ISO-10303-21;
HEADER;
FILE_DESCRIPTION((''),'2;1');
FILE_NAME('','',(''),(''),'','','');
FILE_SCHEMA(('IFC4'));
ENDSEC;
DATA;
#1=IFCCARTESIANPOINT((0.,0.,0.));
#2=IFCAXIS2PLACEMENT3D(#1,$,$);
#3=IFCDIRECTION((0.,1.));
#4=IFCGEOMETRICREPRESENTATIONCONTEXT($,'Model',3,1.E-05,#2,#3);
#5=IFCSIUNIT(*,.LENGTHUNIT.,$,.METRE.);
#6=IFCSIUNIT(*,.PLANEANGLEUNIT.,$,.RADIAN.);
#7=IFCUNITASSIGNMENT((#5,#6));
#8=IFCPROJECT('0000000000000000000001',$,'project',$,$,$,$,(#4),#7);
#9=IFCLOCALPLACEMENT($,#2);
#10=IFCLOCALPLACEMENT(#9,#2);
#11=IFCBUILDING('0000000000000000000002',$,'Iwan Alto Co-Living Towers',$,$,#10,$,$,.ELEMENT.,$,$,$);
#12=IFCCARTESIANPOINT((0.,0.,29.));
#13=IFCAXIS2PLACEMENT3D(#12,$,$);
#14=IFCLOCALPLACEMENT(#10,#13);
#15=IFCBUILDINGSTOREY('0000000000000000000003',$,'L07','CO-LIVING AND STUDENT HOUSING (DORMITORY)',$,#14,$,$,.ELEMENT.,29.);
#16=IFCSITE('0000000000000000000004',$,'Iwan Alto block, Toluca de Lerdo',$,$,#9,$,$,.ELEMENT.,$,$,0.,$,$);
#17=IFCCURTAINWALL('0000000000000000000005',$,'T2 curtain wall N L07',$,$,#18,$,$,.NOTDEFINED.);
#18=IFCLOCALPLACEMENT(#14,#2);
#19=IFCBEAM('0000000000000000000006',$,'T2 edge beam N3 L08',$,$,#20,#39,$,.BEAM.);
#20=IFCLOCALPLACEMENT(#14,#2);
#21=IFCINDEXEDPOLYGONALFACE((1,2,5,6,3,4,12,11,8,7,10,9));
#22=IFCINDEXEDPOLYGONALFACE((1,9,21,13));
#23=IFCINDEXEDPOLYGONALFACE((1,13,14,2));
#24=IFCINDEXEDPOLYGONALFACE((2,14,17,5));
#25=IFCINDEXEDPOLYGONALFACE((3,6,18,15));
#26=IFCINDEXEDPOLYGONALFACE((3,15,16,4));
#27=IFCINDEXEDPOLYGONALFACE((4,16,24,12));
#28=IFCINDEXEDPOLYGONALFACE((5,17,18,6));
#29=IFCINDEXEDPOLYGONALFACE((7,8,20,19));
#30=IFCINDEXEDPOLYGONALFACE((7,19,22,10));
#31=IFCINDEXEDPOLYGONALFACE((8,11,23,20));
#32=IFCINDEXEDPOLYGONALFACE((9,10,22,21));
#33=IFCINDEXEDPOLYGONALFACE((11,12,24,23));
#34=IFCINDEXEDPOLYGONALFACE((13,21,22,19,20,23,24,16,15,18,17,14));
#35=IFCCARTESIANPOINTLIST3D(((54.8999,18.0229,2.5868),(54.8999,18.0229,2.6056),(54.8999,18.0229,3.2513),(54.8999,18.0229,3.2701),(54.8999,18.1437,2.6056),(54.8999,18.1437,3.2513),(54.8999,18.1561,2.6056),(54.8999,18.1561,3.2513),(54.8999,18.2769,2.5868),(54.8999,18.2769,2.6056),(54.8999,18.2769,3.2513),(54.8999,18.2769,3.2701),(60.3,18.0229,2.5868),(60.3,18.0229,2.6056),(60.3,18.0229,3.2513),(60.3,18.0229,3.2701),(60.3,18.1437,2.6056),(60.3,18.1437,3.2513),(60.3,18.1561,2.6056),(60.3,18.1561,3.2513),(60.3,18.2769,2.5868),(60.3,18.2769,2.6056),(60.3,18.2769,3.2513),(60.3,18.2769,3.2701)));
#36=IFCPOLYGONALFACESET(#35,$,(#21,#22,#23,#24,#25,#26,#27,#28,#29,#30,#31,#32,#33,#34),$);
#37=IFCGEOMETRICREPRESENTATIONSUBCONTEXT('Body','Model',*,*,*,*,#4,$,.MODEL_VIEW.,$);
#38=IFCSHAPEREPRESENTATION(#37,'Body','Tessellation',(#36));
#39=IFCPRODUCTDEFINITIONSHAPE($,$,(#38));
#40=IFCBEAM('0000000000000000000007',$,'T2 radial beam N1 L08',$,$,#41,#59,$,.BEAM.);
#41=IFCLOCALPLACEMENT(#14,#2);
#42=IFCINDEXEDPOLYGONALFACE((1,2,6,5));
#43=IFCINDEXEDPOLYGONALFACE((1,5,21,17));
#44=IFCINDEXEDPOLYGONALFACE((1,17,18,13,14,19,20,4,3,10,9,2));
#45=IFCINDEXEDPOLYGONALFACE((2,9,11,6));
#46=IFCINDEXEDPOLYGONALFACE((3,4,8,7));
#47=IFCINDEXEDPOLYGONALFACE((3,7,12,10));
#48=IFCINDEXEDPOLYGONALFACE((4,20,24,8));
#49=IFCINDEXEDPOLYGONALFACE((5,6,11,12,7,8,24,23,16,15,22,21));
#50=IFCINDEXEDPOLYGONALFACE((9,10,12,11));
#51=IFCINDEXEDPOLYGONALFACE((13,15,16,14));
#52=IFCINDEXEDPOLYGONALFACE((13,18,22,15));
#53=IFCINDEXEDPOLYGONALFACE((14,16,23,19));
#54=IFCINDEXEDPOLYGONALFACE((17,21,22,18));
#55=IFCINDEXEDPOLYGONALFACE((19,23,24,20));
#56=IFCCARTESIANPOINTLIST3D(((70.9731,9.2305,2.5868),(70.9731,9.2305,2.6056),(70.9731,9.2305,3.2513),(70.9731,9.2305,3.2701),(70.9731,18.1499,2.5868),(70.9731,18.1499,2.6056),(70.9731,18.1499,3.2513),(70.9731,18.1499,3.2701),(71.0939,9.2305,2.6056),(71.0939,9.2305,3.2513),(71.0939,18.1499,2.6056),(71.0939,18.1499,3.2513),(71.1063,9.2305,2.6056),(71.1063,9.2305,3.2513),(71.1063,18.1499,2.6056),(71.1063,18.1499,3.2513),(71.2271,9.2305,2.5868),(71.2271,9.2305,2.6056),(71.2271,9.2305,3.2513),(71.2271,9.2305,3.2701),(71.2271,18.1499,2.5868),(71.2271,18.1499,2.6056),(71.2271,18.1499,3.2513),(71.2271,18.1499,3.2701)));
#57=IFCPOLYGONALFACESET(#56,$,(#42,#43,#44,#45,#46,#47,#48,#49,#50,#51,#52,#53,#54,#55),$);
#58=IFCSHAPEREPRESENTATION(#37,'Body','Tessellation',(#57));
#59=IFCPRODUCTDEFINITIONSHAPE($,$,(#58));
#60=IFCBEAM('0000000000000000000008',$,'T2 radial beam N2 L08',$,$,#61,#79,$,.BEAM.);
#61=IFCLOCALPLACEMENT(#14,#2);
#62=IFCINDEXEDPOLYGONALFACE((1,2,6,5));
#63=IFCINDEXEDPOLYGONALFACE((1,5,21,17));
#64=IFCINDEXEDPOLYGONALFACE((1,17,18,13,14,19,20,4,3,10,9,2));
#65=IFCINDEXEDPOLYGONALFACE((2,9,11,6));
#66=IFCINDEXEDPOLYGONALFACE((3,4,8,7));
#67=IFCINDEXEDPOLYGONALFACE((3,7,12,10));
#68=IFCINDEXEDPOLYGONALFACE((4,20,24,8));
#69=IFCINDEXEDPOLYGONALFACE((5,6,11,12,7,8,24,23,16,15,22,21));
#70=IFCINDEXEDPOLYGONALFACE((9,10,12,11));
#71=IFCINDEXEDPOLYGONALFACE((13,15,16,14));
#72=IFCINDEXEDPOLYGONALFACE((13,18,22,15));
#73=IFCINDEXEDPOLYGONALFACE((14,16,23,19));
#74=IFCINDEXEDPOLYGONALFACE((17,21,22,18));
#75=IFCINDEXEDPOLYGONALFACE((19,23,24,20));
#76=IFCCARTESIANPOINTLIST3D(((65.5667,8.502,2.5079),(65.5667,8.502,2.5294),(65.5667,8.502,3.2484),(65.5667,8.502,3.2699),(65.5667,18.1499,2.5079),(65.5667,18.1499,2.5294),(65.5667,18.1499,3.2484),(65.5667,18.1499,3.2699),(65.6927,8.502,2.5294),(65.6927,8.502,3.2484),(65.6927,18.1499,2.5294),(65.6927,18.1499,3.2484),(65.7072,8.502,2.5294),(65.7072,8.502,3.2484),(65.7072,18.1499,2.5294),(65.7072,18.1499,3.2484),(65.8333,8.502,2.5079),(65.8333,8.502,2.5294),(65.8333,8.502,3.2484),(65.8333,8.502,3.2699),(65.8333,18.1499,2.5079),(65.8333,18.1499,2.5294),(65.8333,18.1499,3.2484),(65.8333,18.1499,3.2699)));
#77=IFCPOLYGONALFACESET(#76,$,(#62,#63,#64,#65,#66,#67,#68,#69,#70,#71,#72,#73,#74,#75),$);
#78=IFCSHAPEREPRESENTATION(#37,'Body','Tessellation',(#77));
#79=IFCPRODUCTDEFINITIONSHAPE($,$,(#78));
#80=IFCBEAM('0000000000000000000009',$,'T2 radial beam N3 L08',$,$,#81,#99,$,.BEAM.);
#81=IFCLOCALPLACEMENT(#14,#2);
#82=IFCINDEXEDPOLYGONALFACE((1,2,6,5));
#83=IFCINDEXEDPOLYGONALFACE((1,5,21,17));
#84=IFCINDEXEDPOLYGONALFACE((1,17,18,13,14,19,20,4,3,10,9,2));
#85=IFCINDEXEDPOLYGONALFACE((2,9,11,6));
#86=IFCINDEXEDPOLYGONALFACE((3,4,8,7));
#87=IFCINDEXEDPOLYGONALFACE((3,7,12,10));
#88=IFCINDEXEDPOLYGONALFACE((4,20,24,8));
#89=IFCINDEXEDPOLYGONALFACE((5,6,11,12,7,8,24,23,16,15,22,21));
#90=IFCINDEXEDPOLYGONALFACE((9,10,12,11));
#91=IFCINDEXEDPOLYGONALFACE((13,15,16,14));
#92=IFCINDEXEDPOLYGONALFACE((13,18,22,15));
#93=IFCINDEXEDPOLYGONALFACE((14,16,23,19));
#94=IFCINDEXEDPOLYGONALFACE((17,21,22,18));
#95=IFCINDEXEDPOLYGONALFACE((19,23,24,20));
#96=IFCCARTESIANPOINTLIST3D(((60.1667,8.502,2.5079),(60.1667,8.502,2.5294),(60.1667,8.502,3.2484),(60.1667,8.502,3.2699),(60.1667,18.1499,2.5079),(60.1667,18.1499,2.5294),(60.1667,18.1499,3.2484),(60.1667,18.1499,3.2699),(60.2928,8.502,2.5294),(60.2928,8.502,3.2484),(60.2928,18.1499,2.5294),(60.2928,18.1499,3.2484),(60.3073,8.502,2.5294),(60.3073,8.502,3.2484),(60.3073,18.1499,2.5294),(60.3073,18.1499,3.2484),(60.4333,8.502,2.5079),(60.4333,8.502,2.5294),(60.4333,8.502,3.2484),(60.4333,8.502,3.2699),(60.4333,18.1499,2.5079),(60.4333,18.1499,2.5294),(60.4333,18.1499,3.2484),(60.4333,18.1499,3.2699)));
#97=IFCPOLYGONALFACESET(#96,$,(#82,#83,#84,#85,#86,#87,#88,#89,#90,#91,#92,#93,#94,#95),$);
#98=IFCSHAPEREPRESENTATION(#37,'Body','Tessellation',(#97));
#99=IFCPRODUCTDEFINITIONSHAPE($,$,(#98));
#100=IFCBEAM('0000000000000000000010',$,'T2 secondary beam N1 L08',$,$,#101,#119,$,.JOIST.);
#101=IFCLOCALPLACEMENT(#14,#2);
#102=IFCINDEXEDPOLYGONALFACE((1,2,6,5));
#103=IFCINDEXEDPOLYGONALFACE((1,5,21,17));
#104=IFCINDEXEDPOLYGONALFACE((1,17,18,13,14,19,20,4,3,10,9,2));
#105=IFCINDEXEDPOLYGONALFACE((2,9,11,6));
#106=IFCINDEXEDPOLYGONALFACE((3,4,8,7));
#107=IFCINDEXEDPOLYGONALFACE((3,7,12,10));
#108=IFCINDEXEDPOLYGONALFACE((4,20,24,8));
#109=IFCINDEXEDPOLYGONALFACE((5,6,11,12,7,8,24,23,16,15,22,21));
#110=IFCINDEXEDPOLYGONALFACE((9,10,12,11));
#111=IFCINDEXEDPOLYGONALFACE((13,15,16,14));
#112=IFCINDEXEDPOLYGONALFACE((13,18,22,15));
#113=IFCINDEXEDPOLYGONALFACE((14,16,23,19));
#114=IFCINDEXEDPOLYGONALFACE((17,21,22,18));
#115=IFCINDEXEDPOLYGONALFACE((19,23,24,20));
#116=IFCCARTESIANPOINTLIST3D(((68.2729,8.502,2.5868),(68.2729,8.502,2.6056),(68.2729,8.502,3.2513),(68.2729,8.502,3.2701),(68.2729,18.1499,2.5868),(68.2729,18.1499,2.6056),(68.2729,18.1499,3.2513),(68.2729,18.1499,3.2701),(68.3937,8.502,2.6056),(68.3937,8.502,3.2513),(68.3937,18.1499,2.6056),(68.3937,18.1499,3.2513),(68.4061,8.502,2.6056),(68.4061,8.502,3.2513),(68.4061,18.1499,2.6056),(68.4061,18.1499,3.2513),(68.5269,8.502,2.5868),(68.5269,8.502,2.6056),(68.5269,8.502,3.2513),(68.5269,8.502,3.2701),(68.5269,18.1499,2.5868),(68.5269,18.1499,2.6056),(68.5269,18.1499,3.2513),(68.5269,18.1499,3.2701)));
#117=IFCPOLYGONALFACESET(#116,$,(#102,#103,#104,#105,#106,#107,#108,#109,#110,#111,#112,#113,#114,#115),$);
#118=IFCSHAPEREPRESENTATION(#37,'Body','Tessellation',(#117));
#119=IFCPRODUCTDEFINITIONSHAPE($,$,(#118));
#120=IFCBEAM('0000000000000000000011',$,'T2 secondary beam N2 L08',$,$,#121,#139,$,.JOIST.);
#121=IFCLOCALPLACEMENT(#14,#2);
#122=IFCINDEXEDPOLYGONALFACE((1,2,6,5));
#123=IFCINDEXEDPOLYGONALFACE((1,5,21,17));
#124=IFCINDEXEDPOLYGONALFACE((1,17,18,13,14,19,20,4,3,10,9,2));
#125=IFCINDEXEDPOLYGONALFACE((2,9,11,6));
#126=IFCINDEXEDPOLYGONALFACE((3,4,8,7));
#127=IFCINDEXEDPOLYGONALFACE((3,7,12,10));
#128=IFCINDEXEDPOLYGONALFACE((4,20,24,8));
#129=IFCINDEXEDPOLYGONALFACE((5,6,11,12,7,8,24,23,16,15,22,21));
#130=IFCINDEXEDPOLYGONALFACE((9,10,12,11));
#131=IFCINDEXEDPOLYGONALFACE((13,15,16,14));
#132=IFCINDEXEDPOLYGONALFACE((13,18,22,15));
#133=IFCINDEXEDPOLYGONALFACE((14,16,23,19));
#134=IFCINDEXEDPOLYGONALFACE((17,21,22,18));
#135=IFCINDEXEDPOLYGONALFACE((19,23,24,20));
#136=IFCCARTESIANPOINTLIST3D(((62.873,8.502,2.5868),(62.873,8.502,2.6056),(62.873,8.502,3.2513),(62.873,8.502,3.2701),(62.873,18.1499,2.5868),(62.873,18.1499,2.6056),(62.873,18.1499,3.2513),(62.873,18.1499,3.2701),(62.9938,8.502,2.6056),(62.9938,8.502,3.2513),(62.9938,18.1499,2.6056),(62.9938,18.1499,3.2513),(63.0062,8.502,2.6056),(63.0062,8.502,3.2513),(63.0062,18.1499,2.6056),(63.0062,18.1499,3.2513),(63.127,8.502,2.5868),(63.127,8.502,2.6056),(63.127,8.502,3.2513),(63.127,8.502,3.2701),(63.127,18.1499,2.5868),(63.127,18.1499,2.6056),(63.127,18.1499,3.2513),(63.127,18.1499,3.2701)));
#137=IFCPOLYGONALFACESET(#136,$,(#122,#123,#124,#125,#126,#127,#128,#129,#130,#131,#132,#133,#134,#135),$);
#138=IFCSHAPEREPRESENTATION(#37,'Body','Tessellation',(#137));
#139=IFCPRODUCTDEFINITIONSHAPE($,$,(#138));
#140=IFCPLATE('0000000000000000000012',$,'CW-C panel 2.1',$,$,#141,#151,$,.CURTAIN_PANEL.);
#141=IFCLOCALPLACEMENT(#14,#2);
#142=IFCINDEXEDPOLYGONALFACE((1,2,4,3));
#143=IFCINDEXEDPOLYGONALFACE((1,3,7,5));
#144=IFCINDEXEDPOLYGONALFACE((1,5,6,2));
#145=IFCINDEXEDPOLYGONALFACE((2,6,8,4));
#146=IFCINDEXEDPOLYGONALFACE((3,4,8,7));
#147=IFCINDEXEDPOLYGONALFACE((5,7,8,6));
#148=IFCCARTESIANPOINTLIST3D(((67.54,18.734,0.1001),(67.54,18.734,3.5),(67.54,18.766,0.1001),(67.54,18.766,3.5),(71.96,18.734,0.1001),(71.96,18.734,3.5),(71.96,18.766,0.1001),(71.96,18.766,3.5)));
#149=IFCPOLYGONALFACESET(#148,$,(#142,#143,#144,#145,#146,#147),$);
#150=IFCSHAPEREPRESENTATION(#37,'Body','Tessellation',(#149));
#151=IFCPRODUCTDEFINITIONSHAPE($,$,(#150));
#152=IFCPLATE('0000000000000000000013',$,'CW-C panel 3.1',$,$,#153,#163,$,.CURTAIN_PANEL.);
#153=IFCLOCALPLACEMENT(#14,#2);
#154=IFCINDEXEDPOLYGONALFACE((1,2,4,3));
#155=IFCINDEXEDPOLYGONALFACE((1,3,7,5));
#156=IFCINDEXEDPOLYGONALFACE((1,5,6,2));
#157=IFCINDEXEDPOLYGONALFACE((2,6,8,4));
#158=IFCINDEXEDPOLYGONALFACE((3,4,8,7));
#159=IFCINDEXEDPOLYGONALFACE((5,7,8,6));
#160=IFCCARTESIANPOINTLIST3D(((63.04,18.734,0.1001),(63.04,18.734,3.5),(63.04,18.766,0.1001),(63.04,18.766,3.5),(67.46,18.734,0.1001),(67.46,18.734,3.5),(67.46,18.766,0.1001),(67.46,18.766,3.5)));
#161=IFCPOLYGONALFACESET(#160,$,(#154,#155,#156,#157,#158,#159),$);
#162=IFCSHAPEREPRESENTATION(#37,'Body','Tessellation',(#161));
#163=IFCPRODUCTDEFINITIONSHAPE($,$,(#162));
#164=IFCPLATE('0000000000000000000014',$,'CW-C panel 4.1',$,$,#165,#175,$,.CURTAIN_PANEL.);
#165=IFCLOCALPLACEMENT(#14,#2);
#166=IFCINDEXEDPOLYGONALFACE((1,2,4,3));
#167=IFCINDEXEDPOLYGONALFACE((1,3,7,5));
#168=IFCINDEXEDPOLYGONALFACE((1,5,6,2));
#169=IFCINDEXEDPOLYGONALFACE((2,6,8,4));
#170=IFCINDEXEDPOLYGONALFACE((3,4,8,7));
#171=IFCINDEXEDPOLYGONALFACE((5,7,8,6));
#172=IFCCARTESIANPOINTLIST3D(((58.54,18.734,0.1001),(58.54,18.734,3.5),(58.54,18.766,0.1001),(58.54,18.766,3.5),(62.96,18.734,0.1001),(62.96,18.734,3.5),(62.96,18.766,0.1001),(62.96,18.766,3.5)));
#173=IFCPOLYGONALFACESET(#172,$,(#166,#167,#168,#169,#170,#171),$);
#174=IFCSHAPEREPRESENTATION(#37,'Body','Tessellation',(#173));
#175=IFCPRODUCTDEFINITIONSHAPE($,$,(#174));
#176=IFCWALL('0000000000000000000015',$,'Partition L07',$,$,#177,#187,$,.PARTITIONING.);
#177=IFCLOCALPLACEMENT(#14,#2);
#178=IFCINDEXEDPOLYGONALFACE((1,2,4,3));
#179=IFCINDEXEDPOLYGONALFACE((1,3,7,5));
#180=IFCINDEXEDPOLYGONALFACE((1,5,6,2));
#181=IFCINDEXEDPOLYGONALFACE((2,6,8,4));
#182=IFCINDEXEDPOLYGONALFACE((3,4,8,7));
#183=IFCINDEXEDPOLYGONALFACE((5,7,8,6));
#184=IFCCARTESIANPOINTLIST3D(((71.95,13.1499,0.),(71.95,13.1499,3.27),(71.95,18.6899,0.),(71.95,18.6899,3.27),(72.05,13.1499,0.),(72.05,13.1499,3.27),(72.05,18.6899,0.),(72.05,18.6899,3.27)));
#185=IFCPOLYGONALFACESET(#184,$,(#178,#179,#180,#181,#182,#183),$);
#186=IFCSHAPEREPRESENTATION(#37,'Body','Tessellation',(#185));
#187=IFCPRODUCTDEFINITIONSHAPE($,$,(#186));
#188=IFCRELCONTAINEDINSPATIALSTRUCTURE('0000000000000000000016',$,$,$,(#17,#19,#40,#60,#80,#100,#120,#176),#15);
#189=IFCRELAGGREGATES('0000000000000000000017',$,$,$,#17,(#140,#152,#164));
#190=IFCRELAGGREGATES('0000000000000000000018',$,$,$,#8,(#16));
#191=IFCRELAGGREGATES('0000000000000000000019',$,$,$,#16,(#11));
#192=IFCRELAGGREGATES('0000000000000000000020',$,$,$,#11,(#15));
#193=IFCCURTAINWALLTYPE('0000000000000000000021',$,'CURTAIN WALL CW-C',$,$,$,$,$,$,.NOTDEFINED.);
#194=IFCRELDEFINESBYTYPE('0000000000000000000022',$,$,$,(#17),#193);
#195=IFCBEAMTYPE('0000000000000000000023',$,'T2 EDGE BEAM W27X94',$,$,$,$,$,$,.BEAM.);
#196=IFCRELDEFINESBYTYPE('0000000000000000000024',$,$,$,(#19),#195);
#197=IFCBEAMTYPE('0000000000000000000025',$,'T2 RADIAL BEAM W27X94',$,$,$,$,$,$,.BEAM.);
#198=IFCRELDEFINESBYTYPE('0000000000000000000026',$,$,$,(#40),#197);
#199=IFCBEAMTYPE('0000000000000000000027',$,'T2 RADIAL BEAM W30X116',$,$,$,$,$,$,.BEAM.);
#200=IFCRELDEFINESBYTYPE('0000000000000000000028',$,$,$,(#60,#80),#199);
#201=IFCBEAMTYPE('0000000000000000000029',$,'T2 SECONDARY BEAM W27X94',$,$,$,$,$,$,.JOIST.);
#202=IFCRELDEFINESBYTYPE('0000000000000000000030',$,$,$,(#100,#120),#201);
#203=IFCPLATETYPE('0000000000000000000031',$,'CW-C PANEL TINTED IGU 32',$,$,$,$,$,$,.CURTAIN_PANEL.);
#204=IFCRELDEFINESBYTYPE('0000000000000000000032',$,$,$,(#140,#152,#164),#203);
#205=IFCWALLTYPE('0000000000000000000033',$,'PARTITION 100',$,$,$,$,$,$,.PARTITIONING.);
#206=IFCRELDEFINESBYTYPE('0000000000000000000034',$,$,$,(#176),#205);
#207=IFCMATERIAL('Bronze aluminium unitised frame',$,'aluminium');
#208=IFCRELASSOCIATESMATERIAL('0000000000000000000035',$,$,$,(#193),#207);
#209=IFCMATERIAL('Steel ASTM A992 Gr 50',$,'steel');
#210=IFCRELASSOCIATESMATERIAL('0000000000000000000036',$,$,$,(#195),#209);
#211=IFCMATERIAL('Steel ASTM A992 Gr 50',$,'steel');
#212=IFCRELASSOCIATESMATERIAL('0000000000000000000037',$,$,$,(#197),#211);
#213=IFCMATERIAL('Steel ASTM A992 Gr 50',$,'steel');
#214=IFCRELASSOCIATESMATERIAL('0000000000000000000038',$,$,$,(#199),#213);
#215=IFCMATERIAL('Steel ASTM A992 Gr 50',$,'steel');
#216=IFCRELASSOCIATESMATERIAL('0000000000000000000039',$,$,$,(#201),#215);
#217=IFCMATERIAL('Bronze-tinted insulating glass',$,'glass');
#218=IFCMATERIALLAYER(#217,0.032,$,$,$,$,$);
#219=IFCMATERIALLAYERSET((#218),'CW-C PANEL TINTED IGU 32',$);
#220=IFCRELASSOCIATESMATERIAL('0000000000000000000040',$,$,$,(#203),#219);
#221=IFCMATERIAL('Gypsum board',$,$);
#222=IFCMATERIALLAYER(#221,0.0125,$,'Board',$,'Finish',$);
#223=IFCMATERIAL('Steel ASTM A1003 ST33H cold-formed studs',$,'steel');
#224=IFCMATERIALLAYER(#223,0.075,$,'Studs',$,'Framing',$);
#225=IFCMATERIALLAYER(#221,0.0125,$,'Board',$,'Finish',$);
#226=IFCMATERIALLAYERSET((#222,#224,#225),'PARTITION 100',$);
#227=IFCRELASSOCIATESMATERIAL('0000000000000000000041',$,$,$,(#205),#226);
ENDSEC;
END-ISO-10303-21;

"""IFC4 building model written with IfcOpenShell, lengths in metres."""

from ifc_helpers import new_model, si_unit, direction, frame, frame_2d, origin, origin_2d, place, context, subcontext, project, spatial, rectangle, i_section, extrude, material, layer, layer_set, material_profile, profile_set, type_object, element, aggregate, save


model = new_model("IFC4")

# Units and contexts
model_context = context("Model", 3, precision=1e-05, world=origin(), true_north=direction((0.0, 1.0)))
body_context = subcontext(model_context, "Body", "Model", "MODEL_VIEW")
ifc_project = project(units=[si_unit("LENGTHUNIT", "METRE"), si_unit("PLANEANGLEUNIT", "RADIAN")], contexts=[model_context])

# Site, building, storey
site_placement = place(None, origin())
site = spatial("IfcSite", under=ifc_project, at=site_placement, Name="Iwan Alto block, Toluca de Lerdo", CompositionType="ELEMENT", RefElevation=0.0)
building_placement = place(site_placement, origin())
building = spatial("IfcBuilding", under=site, at=building_placement, Name="Iwan Alto Co-Living Towers", CompositionType="ELEMENT")
storey_placement = place(building_placement, frame((0.0, 0.0, 29.0)))
storey = spatial("IfcBuildingStorey", under=building, at=storey_placement, Name="L07", Description="CO-LIVING AND STUDENT HOUSING (DORMITORY)", CompositionType="ELEMENT", Elevation=29.0)

# Curtain wall
ifc_material_1 = material(Name="Bronze aluminium unitised frame", Category="aluminium")
curtain_wall_type = type_object("IfcCurtainWallType", Name="CURTAIN WALL CW-C", PredefinedType="NOTDEFINED", material=ifc_material_1)
curtain_wall_placement = place(storey_placement, origin())
curtain_wall = element("IfcCurtainWall", 1, at=curtain_wall_placement, inside=storey, type_object=curtain_wall_type, Name="T2 curtain wall N L07", PredefinedType="NOTDEFINED")

# Beams
ifc_material_2 = material(Name="Steel ASTM A992 Gr 50", Category="steel")
ifc_material_profile_1 = material_profile(ifc_material_2, i_section(OverallWidth=0.2539, OverallDepth=0.6833, WebThickness=0.0125, FlangeThickness=0.0188, at=origin_2d()), Name="W27X94")
ifc_profile_set_1 = profile_set([ifc_material_profile_1], Name="Steel ASTM A992 Gr 50")
beam_type_1 = type_object("IfcBeamType", Name="T2 EDGE BEAM W27X94", PredefinedType="BEAM", material=ifc_profile_set_1)
beam_1_placement = place(storey_placement, frame((60.3, 18.1499, 2.9285), z_axis=(-1.0, 0.0, 0.0), x_axis=(0.0, -1.0, 0.0)))
element("IfcBeam", 2, at=beam_1_placement, inside=storey, type_object=beam_type_1, Name="T2 edge beam N3 L08", PredefinedType="BEAM", context=body_context, shape_type="SweptSolid", body=[
    extrude(i_section(OverallWidth=0.2539, OverallDepth=0.6833, WebThickness=0.0125, FlangeThickness=0.0188, at=origin_2d()), origin(), (0.0, 0.0, 1.0), 5.4001),
])
ifc_material_3 = material(Name="Steel ASTM A992 Gr 50", Category="steel")
ifc_material_profile_2 = material_profile(ifc_material_3, i_section(OverallWidth=0.2539, OverallDepth=0.6833, WebThickness=0.0125, FlangeThickness=0.0188, at=origin_2d()), Name="W27X94")
ifc_profile_set_2 = profile_set([ifc_material_profile_2], Name="Steel ASTM A992 Gr 50")
beam_type_2 = type_object("IfcBeamType", Name="T2 RADIAL BEAM W27X94", PredefinedType="BEAM", material=ifc_profile_set_2)
beam_2_placement = place(storey_placement, frame((71.1001, 18.1499, 2.9285), z_axis=(0.0, -1.0, 0.0), x_axis=(1.0, 0.0, 0.0)))
element("IfcBeam", 3, at=beam_2_placement, inside=storey, type_object=beam_type_2, Name="T2 radial beam N1 L08", PredefinedType="BEAM", context=body_context, shape_type="SweptSolid", body=[
    extrude(i_section(OverallWidth=0.2539, OverallDepth=0.6833, WebThickness=0.0125, FlangeThickness=0.0188, at=origin_2d()), origin(), (0.0, 0.0, 1.0), 8.9194),
])
ifc_material_4 = material(Name="Steel ASTM A992 Gr 50", Category="steel")
ifc_material_profile_3 = material_profile(ifc_material_4, i_section(OverallWidth=0.2666, OverallDepth=0.762, WebThickness=0.0144, FlangeThickness=0.0215, at=origin_2d()), Name="W30X116")
ifc_profile_set_3 = profile_set([ifc_material_profile_3], Name="Steel ASTM A992 Gr 50")
beam_type_3 = type_object("IfcBeamType", Name="T2 RADIAL BEAM W30X116", PredefinedType="BEAM", material=ifc_profile_set_3)
for number, where, z_axis, x_axis, name in (
    (4, (65.7, 18.1499, 2.8889), (0.0, -1.0, 0.0), (1.0, 0.0, 0.0), "T2 radial beam N2 L08"),
    (5, (60.3, 18.1499, 2.8889), (0.0, -1.0, 0.0), (1.0, 0.0, 0.0), "T2 radial beam N3 L08"),
):
    element("IfcBeam", number, at=place(storey_placement, frame(where, z_axis=z_axis, x_axis=x_axis)), inside=storey, type_object=beam_type_3, Name=name, PredefinedType="BEAM", context=body_context, shape_type="SweptSolid", body=[
        extrude(i_section(OverallWidth=0.2666, OverallDepth=0.762, WebThickness=0.0144, FlangeThickness=0.0215, at=origin_2d()), origin(), (0.0, 0.0, 1.0), 9.6479),
    ])
ifc_material_5 = material(Name="Steel ASTM A992 Gr 50", Category="steel")
ifc_material_profile_4 = material_profile(ifc_material_5, i_section(OverallWidth=0.2539, OverallDepth=0.6833, WebThickness=0.0125, FlangeThickness=0.0188, at=origin_2d()), Name="W27X94")
ifc_profile_set_4 = profile_set([ifc_material_profile_4], Name="Steel ASTM A992 Gr 50")
beam_type_4 = type_object("IfcBeamType", Name="T2 SECONDARY BEAM W27X94", PredefinedType="JOIST", material=ifc_profile_set_4)
for number, where, z_axis, x_axis, name in (
    (6, (68.3999, 18.1499, 2.9285), (0.0, -1.0, 0.0), (1.0, 0.0, 0.0), "T2 secondary beam N1 L08"),
    (7, (63.0, 18.1499, 2.9285), (0.0, -1.0, 0.0), (1.0, 0.0, 0.0), "T2 secondary beam N2 L08"),
):
    element("IfcBeam", number, at=place(storey_placement, frame(where, z_axis=z_axis, x_axis=x_axis)), inside=storey, type_object=beam_type_4, Name=name, PredefinedType="JOIST", context=body_context, shape_type="SweptSolid", body=[
        extrude(i_section(OverallWidth=0.2539, OverallDepth=0.6833, WebThickness=0.0125, FlangeThickness=0.0188, at=origin_2d()), origin(), (0.0, 0.0, 1.0), 9.6479),
    ])

# Plates
ifc_material_6 = material(Name="Bronze-tinted insulating glass", Category="glass")
ifc_layer_1 = layer(ifc_material_6, 0.032)
ifc_layer_set_1 = layer_set([ifc_layer_1], Name="CW-C PANEL TINTED IGU 32")
plate_type = type_object("IfcPlateType", Name="CW-C PANEL TINTED IGU 32", PredefinedType="CURTAIN_PANEL", material=ifc_layer_set_1)
plate_1_placement = place(storey_placement, frame((69.75, 18.75, 0.1001), z_axis=(0.0, 0.0, 1.0), x_axis=(-1.0, 0.0, 0.0)))
plate_1 = element("IfcPlate", 8, at=plate_1_placement, type_object=plate_type, Name="CW-C panel 2.1", PredefinedType="CURTAIN_PANEL", context=body_context, shape_type="SweptSolid", body=[
    extrude(rectangle(XDim=4.4199, YDim=0.032, at=origin_2d()), origin(), (0.0, 0.0, 1.0), 3.3999),
])
plate_2_placement = place(storey_placement, frame((65.25, 18.75, 0.1001), z_axis=(0.0, 0.0, 1.0), x_axis=(-1.0, 0.0, 0.0)))
plate_2 = element("IfcPlate", 9, at=plate_2_placement, type_object=plate_type, Name="CW-C panel 3.1", PredefinedType="CURTAIN_PANEL", context=body_context, shape_type="SweptSolid", body=[
    extrude(rectangle(XDim=4.4199, YDim=0.032, at=origin_2d()), origin(), (0.0, 0.0, 1.0), 3.3999),
])
plate_3_placement = place(storey_placement, frame((60.75, 18.75, 0.1001), z_axis=(0.0, 0.0, 1.0), x_axis=(-1.0, 0.0, 0.0)))
plate_3 = element("IfcPlate", 10, at=plate_3_placement, type_object=plate_type, Name="CW-C panel 4.1", PredefinedType="CURTAIN_PANEL", context=body_context, shape_type="SweptSolid", body=[
    extrude(rectangle(XDim=4.4199, YDim=0.032, at=origin_2d()), origin(), (0.0, 0.0, 1.0), 3.3999),
])
aggregate(curtain_wall, [plate_1, plate_2, plate_3])

# Wall
ifc_material_7 = material(Name="Gypsum board")
ifc_layer_2 = layer(ifc_material_7, 0.0125, Name="Board", Category="Finish")
ifc_material_8 = material(Name="Steel ASTM A1003 ST33H cold-formed studs", Category="steel")
ifc_layer_3 = layer(ifc_material_8, 0.075, Name="Studs", Category="Framing")
ifc_layer_4 = layer(ifc_material_7, 0.0125, Name="Board", Category="Finish")
ifc_layer_set_2 = layer_set([ifc_layer_2, ifc_layer_3, ifc_layer_4], Name="PARTITION 100")
wall_type_1 = type_object("IfcWallType", Name="PARTITION 100", PredefinedType="PARTITIONING", material=ifc_layer_set_2)
wall_1_placement = place(storey_placement, frame((72.0, 13.1499, 0.0), z_axis=(0.0, 0.0, 1.0), x_axis=(0.0, 1.0, 0.0)))
element("IfcWall", 11, at=wall_1_placement, inside=storey, type_object=wall_type_1, Name="Partition L07", PredefinedType="PARTITIONING", context=body_context, shape_type="SweptSolid", body=[
    extrude(rectangle(XDim=5.54, YDim=0.1001, at=frame_2d((2.77, 0.0))), origin(), (0.0, 0.0, 1.0), 3.27),
])

save(model, "model.ifc")
